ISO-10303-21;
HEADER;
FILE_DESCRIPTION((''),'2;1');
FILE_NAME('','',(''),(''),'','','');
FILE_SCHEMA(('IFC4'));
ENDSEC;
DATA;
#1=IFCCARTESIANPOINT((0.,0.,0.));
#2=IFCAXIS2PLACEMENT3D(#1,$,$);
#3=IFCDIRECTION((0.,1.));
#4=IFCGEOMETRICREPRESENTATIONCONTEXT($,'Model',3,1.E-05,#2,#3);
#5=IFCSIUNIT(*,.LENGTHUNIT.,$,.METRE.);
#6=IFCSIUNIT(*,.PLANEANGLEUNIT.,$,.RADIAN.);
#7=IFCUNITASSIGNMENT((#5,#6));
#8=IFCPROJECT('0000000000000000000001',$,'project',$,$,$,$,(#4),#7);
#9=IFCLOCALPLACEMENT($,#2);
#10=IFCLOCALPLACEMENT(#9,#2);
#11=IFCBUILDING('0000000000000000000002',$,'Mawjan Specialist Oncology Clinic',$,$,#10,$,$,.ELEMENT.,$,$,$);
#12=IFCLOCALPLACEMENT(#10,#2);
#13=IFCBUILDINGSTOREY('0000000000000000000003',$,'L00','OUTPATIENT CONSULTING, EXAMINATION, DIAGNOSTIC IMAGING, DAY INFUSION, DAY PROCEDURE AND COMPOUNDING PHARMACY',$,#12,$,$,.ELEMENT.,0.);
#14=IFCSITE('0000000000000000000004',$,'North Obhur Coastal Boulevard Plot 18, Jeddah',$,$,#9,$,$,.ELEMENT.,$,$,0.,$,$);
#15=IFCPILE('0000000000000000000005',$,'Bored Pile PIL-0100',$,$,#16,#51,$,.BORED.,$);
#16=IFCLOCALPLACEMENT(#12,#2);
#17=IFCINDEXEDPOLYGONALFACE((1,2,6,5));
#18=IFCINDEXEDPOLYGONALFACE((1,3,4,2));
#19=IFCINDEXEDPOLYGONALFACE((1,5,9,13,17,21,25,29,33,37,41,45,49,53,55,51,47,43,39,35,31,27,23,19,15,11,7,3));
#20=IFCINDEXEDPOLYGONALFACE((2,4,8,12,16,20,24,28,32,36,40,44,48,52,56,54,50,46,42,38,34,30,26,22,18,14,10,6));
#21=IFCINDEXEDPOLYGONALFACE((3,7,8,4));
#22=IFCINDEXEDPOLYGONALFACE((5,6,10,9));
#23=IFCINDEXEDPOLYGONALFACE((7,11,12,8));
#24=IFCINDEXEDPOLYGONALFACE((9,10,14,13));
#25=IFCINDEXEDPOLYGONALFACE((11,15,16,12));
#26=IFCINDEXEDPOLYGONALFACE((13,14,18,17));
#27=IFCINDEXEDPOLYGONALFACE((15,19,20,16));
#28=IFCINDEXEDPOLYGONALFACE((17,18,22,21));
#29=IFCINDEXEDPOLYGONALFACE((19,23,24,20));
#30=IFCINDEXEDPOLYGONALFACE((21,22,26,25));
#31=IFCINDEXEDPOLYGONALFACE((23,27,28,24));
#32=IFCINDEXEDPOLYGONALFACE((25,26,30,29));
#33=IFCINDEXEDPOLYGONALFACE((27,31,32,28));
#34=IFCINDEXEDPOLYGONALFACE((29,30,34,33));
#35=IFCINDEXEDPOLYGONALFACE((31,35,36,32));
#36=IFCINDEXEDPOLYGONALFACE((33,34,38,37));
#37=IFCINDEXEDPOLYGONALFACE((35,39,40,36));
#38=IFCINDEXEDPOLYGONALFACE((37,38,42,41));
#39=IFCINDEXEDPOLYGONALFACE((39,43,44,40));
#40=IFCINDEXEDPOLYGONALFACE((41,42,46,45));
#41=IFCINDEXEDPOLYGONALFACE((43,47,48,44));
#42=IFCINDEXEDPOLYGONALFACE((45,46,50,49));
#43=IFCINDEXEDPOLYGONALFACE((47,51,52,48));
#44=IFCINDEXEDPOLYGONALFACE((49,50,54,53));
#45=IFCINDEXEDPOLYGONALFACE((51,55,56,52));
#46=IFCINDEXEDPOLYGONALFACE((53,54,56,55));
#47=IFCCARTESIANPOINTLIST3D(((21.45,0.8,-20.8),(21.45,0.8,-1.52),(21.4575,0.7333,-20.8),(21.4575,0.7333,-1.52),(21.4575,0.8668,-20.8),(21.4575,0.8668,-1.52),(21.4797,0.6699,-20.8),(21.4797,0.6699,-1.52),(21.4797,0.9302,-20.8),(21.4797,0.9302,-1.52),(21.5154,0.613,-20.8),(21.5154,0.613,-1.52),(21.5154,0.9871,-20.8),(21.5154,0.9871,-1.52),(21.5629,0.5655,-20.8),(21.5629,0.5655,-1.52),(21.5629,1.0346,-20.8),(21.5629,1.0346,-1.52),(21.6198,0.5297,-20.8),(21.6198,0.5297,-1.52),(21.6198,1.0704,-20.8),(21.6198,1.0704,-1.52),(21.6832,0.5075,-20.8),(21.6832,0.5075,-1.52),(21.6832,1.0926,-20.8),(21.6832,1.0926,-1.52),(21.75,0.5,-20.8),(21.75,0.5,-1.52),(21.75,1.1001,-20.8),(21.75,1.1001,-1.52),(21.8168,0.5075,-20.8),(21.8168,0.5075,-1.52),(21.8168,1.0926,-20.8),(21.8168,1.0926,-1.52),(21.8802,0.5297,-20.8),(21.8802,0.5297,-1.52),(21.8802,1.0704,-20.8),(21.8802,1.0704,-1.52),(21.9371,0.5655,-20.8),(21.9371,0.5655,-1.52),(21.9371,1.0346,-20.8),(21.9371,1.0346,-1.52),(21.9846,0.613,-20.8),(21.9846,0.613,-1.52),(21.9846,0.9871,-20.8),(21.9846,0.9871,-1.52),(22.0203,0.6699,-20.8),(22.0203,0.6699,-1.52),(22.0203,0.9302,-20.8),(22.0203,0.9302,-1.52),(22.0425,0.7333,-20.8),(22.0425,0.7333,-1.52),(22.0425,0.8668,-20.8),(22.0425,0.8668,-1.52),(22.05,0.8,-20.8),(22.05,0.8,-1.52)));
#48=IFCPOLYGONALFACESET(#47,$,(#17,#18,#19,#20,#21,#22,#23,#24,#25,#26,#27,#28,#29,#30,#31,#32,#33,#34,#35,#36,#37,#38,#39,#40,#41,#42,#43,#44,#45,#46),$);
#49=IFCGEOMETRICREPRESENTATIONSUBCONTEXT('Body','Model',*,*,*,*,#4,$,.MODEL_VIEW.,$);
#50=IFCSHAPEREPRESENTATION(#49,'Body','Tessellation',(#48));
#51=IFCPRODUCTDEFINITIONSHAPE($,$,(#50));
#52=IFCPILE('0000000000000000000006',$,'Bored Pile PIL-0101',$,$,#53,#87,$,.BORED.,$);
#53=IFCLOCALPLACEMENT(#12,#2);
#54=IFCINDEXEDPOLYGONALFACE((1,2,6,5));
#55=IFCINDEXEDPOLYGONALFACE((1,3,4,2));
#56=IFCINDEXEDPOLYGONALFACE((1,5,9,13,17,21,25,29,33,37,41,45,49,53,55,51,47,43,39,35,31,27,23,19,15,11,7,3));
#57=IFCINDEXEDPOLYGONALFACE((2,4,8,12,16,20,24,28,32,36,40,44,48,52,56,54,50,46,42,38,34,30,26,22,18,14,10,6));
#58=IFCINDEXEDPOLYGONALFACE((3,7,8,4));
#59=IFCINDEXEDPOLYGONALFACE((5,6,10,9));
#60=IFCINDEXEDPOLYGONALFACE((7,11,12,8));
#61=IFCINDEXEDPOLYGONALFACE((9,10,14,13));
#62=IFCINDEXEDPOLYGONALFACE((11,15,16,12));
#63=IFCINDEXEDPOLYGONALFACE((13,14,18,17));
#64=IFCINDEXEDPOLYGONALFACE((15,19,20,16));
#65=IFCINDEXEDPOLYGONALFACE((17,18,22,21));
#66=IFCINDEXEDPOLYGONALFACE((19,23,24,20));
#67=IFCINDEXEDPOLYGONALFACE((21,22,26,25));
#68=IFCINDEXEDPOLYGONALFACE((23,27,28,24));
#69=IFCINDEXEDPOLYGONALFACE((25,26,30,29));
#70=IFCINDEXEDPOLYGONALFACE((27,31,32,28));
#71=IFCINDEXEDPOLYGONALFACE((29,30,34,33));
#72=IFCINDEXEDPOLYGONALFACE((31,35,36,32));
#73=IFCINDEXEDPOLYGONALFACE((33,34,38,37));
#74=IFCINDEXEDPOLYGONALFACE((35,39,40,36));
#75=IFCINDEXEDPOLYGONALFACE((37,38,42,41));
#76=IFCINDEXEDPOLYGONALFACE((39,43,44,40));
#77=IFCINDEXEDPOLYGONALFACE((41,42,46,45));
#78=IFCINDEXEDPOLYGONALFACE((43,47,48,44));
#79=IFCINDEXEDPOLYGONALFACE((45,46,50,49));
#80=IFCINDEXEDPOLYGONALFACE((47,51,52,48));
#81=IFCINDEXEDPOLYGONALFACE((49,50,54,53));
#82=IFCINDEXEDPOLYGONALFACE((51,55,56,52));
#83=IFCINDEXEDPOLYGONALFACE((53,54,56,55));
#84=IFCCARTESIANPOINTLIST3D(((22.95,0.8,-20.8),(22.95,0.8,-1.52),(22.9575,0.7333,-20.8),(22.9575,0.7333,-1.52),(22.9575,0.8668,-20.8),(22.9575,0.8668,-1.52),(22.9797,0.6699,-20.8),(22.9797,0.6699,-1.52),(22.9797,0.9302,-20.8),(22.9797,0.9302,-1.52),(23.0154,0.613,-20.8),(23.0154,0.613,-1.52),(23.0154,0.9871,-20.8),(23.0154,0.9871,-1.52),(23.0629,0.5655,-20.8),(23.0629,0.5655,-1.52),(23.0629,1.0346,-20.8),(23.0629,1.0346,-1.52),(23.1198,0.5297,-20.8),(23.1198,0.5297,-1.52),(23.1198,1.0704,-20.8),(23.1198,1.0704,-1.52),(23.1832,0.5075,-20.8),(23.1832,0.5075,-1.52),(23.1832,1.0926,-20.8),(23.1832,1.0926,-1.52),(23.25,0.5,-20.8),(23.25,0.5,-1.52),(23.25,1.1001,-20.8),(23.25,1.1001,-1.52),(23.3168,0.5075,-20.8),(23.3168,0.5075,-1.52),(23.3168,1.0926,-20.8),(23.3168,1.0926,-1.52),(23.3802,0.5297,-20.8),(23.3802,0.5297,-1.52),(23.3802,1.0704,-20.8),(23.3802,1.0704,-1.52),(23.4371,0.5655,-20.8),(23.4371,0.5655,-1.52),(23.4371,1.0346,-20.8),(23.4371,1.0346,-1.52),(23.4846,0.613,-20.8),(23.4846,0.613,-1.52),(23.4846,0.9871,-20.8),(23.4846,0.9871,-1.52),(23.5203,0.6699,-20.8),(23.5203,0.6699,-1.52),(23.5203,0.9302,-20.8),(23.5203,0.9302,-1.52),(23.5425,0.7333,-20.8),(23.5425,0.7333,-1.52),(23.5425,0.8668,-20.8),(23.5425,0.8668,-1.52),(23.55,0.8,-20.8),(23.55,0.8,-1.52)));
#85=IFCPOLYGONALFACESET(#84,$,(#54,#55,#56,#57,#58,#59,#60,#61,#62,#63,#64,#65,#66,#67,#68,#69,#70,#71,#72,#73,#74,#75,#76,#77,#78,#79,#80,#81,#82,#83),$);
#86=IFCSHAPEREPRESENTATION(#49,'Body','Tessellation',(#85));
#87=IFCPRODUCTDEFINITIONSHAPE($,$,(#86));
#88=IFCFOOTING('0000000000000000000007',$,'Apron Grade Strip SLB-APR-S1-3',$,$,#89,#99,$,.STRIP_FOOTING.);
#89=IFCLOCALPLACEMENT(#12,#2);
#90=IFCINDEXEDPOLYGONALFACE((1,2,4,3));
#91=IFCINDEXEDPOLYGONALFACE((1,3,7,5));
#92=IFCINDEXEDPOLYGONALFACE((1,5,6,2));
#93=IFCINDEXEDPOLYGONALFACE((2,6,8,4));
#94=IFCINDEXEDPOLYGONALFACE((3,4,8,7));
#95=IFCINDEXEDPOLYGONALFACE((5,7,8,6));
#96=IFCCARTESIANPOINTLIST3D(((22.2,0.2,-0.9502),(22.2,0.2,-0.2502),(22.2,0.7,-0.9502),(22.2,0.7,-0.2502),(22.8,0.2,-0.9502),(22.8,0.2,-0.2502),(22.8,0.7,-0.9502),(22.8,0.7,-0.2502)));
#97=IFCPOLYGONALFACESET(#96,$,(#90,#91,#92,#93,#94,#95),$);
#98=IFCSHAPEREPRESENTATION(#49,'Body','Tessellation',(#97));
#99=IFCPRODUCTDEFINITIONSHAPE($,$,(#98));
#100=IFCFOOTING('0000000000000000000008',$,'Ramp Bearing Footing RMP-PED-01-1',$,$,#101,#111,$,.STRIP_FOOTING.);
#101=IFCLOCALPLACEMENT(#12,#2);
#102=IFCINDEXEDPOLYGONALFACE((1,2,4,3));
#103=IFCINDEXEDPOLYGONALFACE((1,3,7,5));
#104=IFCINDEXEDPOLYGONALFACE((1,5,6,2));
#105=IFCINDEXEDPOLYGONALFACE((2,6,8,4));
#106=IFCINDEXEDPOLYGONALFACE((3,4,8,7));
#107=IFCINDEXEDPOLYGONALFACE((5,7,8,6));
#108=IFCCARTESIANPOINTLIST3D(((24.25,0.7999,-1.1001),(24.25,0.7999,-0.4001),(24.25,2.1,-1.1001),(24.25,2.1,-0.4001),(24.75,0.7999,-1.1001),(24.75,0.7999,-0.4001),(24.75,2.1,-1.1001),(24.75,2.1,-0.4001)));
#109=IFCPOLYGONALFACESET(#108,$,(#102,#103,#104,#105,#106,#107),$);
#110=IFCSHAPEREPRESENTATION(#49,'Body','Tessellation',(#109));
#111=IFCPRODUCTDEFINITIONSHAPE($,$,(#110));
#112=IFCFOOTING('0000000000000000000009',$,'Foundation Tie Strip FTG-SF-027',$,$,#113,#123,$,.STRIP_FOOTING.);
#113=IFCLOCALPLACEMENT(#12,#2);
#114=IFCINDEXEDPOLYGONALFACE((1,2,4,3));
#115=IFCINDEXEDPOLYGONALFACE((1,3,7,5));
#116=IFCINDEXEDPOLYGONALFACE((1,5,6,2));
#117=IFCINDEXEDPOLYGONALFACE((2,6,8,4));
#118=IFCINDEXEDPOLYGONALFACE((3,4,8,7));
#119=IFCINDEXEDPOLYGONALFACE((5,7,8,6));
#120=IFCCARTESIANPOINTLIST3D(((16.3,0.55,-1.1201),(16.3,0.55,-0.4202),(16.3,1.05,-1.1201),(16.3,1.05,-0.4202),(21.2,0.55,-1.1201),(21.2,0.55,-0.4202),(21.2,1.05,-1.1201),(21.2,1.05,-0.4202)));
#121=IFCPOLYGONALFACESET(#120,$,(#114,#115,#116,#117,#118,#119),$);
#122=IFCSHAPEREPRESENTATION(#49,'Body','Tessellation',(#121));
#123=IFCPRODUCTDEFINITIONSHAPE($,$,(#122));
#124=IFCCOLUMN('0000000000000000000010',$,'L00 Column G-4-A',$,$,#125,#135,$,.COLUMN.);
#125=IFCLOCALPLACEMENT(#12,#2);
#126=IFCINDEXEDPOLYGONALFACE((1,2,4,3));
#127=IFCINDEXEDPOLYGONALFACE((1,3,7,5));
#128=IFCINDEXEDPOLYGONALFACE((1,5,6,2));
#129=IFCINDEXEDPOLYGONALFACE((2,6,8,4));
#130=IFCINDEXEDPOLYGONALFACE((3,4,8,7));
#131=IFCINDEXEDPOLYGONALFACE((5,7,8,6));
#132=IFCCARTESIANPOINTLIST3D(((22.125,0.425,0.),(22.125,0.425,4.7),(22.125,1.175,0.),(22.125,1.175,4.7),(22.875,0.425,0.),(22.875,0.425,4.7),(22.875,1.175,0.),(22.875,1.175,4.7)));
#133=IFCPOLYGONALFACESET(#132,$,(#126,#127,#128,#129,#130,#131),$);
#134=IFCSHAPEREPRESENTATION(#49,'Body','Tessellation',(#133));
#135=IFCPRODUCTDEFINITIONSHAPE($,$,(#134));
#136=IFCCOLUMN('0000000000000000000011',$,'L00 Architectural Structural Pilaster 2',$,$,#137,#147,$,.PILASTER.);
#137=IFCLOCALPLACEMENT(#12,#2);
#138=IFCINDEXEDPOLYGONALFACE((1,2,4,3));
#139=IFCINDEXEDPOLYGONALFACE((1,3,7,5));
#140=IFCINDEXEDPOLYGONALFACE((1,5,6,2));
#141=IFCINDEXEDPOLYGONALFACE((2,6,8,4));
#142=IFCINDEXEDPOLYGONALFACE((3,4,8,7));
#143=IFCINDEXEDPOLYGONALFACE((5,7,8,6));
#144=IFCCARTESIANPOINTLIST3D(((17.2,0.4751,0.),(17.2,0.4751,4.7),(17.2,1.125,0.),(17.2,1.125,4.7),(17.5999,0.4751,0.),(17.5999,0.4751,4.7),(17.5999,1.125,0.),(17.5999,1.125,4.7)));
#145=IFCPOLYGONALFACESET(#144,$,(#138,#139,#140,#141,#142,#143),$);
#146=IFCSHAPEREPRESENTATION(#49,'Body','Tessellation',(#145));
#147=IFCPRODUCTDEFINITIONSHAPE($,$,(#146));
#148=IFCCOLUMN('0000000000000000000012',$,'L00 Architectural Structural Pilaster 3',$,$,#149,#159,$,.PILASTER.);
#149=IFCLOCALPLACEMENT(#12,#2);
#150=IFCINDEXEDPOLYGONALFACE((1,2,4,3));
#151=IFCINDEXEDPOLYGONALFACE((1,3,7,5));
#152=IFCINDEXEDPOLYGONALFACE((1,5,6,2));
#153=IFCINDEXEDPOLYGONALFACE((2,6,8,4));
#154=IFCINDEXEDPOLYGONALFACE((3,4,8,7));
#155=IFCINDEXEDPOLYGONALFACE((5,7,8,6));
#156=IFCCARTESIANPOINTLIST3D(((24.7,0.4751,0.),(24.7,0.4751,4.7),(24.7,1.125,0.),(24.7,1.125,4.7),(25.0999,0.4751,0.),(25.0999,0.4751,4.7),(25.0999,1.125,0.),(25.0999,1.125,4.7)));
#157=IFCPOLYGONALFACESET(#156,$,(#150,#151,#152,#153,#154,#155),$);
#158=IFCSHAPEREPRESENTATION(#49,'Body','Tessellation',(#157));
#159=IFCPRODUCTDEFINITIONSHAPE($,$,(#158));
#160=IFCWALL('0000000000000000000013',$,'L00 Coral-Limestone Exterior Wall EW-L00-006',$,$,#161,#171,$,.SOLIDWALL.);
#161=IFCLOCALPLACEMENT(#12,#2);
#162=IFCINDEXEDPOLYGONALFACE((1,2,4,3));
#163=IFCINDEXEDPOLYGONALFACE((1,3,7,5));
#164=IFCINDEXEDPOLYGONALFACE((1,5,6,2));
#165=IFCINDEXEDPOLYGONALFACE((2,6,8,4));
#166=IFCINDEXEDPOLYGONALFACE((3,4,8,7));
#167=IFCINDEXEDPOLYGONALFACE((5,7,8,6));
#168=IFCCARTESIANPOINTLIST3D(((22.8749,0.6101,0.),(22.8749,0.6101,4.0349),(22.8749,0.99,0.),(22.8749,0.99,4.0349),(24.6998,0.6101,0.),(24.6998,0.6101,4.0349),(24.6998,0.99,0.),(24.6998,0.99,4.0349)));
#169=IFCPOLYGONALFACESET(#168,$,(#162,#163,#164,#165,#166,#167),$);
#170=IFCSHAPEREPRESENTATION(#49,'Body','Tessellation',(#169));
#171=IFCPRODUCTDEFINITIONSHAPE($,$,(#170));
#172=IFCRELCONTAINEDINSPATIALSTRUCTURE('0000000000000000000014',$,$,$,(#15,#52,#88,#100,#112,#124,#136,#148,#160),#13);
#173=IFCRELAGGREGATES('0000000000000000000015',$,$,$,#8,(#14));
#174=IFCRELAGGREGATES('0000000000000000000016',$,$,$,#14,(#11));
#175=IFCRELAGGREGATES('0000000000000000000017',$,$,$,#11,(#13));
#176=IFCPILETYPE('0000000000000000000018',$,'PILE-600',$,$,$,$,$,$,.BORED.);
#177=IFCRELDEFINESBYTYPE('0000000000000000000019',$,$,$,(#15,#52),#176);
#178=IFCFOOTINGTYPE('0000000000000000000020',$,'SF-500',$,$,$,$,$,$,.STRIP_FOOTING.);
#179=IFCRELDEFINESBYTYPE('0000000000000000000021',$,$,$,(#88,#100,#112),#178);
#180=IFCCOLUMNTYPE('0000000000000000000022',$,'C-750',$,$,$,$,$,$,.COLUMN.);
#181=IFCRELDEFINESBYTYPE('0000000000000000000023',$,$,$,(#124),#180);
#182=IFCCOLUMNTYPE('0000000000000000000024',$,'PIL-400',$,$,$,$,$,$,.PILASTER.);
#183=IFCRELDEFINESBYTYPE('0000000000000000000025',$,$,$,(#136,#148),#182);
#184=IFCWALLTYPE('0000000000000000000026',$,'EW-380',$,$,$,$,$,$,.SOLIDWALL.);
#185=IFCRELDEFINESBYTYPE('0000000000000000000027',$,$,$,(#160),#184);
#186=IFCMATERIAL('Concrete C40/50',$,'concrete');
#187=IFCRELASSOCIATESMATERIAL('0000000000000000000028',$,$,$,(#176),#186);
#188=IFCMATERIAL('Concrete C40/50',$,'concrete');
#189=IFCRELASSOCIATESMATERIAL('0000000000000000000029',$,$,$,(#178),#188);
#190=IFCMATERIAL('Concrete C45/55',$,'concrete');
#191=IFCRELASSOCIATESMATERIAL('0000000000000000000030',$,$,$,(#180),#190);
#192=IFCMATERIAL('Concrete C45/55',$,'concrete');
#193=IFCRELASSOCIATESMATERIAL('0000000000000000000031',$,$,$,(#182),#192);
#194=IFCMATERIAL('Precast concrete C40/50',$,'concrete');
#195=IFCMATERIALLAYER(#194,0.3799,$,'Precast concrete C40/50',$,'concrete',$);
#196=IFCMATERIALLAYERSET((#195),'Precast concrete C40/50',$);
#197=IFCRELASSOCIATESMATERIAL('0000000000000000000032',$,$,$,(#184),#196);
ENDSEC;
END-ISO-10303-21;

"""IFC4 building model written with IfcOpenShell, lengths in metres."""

from ifc_helpers import new_model, si_unit, direction, frame, frame_2d, origin, origin_2d, place, context, subcontext, project, spatial, rectangle, circle, extrude, material, layer, layer_set, material_profile, profile_set, type_object, element, save


model = new_model("IFC4")

# Units and contexts
model_context = context("Model", 3, precision=1e-05, world=origin(), true_north=direction((0.0, 1.0)))
body_context = subcontext(model_context, "Body", "Model", "MODEL_VIEW")
ifc_project = project(units=[si_unit("LENGTHUNIT", "METRE"), si_unit("PLANEANGLEUNIT", "RADIAN")], contexts=[model_context])

# Site, building, storey
site_placement = place(None, origin())
site = spatial("IfcSite", under=ifc_project, at=site_placement, Name="North Obhur Coastal Boulevard Plot 18, Jeddah", CompositionType="ELEMENT", RefElevation=0.0)
building_placement = place(site_placement, origin())
building = spatial("IfcBuilding", under=site, at=building_placement, Name="Mawjan Specialist Oncology Clinic", CompositionType="ELEMENT")
storey_placement = place(building_placement, origin())
storey = spatial("IfcBuildingStorey", under=building, at=storey_placement, Name="L00", Description="OUTPATIENT CONSULTING, EXAMINATION, DIAGNOSTIC IMAGING, DAY INFUSION, DAY PROCEDURE AND COMPOUNDING PHARMACY", CompositionType="ELEMENT", Elevation=0.0)

# Piles
ifc_material_1 = material(Name="Concrete C40/50", Category="concrete")
ifc_material_profile_1 = material_profile(ifc_material_1, circle(Radius=0.3, at=origin_2d()), Name="BORED PILE D600", Category="concrete")
ifc_profile_set_1 = profile_set([ifc_material_profile_1], Name="Concrete C40/50")
pile_type_1 = type_object("IfcPileType", Name="PILE-600", PredefinedType="BORED", material=ifc_profile_set_1)
for number, where, z_axis, x_axis, name in (
    (1, (21.75, 0.8, -1.52), (0.0, 0.0, -1.0), (1.0, 0.0, 0.0), "Bored Pile PIL-0100"),
    (2, (23.25, 0.8, -1.52), (0.0, 0.0, -1.0), (1.0, 0.0, 0.0), "Bored Pile PIL-0101"),
):
    element("IfcPile", number, at=place(storey_placement, frame(where, z_axis=z_axis, x_axis=x_axis)), inside=storey, type_object=pile_type_1, Name=name, PredefinedType="BORED", context=body_context, shape_type="SweptSolid", body=[
        extrude(circle(Radius=0.3, at=origin_2d()), origin(), (0.0, 0.0, 1.0), 19.28),
    ])

# Footings
ifc_material_2 = material(Name="Concrete C40/50", Category="concrete")
footing_type_1 = type_object("IfcFootingType", Name="SF-500", PredefinedType="STRIP_FOOTING", material=ifc_material_2)
footing_1_placement = place(storey_placement, frame((22.5, 0.45, -0.9502), z_axis=(0.0, 0.0, 1.0), x_axis=(1.0, 0.0, 0.0)))
element("IfcFooting", 3, at=footing_1_placement, inside=storey, type_object=footing_type_1, Name="Apron Grade Strip SLB-APR-S1-3", PredefinedType="STRIP_FOOTING", context=body_context, shape_type="SweptSolid", body=[
    extrude(rectangle(XDim=0.6001, YDim=0.5, at=origin_2d()), origin(), (0.0, 0.0, 1.0), 0.7),
])
footing_2_placement = place(storey_placement, frame((24.5, 1.45, -1.1001), z_axis=(0.0, 0.0, 1.0), x_axis=(1.0, 0.0, 0.0)))
element("IfcFooting", 4, at=footing_2_placement, inside=storey, type_object=footing_type_1, Name="Ramp Bearing Footing RMP-PED-01-1", PredefinedType="STRIP_FOOTING", context=body_context, shape_type="SweptSolid", body=[
    extrude(rectangle(XDim=0.5, YDim=1.3, at=origin_2d()), origin(), (0.0, 0.0, 1.0), 0.7),
])
footing_3_placement = place(storey_placement, frame((18.75, 0.8, -1.1201), z_axis=(0.0, 0.0, 1.0), x_axis=(1.0, 0.0, 0.0)))
element("IfcFooting", 5, at=footing_3_placement, inside=storey, type_object=footing_type_1, Name="Foundation Tie Strip FTG-SF-027", PredefinedType="STRIP_FOOTING", context=body_context, shape_type="SweptSolid", body=[
    extrude(rectangle(XDim=4.8999, YDim=0.5, at=origin_2d()), origin(), (0.0, 0.0, 1.0), 0.7),
])

# Columns
ifc_material_3 = material(Name="Concrete C45/55", Category="concrete")
ifc_material_profile_2 = material_profile(ifc_material_3, rectangle(XDim=0.75, YDim=0.75, at=origin_2d()), Name="RC COL 750x750", Category="concrete")
ifc_profile_set_2 = profile_set([ifc_material_profile_2], Name="Concrete C45/55")
column_type_1 = type_object("IfcColumnType", Name="C-750", PredefinedType="COLUMN", material=ifc_profile_set_2)
column_placement = place(storey_placement, frame((22.5, 0.8, 0.0), z_axis=(0.0, 0.0, 1.0), x_axis=(1.0, 0.0, 0.0)))
element("IfcColumn", 6, at=column_placement, inside=storey, type_object=column_type_1, Name="L00 Column G-4-A", PredefinedType="COLUMN", context=body_context, shape_type="SweptSolid", body=[
    extrude(rectangle(XDim=0.75, YDim=0.75, at=origin_2d()), origin(), (0.0, 0.0, 1.0), 4.7),
])
ifc_material_4 = material(Name="Concrete C45/55", Category="concrete")
ifc_material_profile_3 = material_profile(ifc_material_4, rectangle(XDim=0.3999, YDim=0.6499, at=origin_2d()), Name="RC PIL 400x650", Category="concrete")
ifc_profile_set_3 = profile_set([ifc_material_profile_3], Name="Concrete C45/55")
column_type_2 = type_object("IfcColumnType", Name="PIL-400", PredefinedType="PILASTER", material=ifc_profile_set_3)
for number, where, z_axis, x_axis, name in (
    (7, (17.3999, 0.8, 0.0), (0.0, 0.0, 1.0), (1.0, 0.0, 0.0), "L00 Architectural Structural Pilaster 2"),
    (8, (24.8999, 0.8, 0.0), (0.0, 0.0, 1.0), (1.0, 0.0, 0.0), "L00 Architectural Structural Pilaster 3"),
):
    element("IfcColumn", number, at=place(storey_placement, frame(where, z_axis=z_axis, x_axis=x_axis)), inside=storey, type_object=column_type_2, Name=name, PredefinedType="PILASTER", context=body_context, shape_type="SweptSolid", body=[
        extrude(rectangle(XDim=0.3999, YDim=0.6499, at=origin_2d()), origin(), (0.0, 0.0, 1.0), 4.7),
    ])

# Wall
ifc_material_5 = material(Name="Precast concrete C40/50", Category="concrete")
ifc_layer_1 = layer(ifc_material_5, 0.3799, Name="Precast concrete C40/50", Category="concrete")
ifc_layer_set_1 = layer_set([ifc_layer_1], Name="Precast concrete C40/50")
wall_type_1 = type_object("IfcWallType", Name="EW-380", PredefinedType="SOLIDWALL", material=ifc_layer_set_1)
wall_1_placement = place(storey_placement, frame((24.7, 0.8, 0.0), z_axis=(0.0, 0.0, 1.0), x_axis=(-1.0, 0.0, 0.0)))
element("IfcWall", 9, at=wall_1_placement, inside=storey, type_object=wall_type_1, Name="L00 Coral-Limestone Exterior Wall EW-L00-006", PredefinedType="SOLIDWALL", context=body_context, shape_type="SweptSolid", body=[
    extrude(rectangle(XDim=1.825, YDim=0.3799, at=frame_2d((0.9126, 0.0))), origin(), (0.0, 0.0, 1.0), 4.0349),
])

save(model, "model.ifc")
